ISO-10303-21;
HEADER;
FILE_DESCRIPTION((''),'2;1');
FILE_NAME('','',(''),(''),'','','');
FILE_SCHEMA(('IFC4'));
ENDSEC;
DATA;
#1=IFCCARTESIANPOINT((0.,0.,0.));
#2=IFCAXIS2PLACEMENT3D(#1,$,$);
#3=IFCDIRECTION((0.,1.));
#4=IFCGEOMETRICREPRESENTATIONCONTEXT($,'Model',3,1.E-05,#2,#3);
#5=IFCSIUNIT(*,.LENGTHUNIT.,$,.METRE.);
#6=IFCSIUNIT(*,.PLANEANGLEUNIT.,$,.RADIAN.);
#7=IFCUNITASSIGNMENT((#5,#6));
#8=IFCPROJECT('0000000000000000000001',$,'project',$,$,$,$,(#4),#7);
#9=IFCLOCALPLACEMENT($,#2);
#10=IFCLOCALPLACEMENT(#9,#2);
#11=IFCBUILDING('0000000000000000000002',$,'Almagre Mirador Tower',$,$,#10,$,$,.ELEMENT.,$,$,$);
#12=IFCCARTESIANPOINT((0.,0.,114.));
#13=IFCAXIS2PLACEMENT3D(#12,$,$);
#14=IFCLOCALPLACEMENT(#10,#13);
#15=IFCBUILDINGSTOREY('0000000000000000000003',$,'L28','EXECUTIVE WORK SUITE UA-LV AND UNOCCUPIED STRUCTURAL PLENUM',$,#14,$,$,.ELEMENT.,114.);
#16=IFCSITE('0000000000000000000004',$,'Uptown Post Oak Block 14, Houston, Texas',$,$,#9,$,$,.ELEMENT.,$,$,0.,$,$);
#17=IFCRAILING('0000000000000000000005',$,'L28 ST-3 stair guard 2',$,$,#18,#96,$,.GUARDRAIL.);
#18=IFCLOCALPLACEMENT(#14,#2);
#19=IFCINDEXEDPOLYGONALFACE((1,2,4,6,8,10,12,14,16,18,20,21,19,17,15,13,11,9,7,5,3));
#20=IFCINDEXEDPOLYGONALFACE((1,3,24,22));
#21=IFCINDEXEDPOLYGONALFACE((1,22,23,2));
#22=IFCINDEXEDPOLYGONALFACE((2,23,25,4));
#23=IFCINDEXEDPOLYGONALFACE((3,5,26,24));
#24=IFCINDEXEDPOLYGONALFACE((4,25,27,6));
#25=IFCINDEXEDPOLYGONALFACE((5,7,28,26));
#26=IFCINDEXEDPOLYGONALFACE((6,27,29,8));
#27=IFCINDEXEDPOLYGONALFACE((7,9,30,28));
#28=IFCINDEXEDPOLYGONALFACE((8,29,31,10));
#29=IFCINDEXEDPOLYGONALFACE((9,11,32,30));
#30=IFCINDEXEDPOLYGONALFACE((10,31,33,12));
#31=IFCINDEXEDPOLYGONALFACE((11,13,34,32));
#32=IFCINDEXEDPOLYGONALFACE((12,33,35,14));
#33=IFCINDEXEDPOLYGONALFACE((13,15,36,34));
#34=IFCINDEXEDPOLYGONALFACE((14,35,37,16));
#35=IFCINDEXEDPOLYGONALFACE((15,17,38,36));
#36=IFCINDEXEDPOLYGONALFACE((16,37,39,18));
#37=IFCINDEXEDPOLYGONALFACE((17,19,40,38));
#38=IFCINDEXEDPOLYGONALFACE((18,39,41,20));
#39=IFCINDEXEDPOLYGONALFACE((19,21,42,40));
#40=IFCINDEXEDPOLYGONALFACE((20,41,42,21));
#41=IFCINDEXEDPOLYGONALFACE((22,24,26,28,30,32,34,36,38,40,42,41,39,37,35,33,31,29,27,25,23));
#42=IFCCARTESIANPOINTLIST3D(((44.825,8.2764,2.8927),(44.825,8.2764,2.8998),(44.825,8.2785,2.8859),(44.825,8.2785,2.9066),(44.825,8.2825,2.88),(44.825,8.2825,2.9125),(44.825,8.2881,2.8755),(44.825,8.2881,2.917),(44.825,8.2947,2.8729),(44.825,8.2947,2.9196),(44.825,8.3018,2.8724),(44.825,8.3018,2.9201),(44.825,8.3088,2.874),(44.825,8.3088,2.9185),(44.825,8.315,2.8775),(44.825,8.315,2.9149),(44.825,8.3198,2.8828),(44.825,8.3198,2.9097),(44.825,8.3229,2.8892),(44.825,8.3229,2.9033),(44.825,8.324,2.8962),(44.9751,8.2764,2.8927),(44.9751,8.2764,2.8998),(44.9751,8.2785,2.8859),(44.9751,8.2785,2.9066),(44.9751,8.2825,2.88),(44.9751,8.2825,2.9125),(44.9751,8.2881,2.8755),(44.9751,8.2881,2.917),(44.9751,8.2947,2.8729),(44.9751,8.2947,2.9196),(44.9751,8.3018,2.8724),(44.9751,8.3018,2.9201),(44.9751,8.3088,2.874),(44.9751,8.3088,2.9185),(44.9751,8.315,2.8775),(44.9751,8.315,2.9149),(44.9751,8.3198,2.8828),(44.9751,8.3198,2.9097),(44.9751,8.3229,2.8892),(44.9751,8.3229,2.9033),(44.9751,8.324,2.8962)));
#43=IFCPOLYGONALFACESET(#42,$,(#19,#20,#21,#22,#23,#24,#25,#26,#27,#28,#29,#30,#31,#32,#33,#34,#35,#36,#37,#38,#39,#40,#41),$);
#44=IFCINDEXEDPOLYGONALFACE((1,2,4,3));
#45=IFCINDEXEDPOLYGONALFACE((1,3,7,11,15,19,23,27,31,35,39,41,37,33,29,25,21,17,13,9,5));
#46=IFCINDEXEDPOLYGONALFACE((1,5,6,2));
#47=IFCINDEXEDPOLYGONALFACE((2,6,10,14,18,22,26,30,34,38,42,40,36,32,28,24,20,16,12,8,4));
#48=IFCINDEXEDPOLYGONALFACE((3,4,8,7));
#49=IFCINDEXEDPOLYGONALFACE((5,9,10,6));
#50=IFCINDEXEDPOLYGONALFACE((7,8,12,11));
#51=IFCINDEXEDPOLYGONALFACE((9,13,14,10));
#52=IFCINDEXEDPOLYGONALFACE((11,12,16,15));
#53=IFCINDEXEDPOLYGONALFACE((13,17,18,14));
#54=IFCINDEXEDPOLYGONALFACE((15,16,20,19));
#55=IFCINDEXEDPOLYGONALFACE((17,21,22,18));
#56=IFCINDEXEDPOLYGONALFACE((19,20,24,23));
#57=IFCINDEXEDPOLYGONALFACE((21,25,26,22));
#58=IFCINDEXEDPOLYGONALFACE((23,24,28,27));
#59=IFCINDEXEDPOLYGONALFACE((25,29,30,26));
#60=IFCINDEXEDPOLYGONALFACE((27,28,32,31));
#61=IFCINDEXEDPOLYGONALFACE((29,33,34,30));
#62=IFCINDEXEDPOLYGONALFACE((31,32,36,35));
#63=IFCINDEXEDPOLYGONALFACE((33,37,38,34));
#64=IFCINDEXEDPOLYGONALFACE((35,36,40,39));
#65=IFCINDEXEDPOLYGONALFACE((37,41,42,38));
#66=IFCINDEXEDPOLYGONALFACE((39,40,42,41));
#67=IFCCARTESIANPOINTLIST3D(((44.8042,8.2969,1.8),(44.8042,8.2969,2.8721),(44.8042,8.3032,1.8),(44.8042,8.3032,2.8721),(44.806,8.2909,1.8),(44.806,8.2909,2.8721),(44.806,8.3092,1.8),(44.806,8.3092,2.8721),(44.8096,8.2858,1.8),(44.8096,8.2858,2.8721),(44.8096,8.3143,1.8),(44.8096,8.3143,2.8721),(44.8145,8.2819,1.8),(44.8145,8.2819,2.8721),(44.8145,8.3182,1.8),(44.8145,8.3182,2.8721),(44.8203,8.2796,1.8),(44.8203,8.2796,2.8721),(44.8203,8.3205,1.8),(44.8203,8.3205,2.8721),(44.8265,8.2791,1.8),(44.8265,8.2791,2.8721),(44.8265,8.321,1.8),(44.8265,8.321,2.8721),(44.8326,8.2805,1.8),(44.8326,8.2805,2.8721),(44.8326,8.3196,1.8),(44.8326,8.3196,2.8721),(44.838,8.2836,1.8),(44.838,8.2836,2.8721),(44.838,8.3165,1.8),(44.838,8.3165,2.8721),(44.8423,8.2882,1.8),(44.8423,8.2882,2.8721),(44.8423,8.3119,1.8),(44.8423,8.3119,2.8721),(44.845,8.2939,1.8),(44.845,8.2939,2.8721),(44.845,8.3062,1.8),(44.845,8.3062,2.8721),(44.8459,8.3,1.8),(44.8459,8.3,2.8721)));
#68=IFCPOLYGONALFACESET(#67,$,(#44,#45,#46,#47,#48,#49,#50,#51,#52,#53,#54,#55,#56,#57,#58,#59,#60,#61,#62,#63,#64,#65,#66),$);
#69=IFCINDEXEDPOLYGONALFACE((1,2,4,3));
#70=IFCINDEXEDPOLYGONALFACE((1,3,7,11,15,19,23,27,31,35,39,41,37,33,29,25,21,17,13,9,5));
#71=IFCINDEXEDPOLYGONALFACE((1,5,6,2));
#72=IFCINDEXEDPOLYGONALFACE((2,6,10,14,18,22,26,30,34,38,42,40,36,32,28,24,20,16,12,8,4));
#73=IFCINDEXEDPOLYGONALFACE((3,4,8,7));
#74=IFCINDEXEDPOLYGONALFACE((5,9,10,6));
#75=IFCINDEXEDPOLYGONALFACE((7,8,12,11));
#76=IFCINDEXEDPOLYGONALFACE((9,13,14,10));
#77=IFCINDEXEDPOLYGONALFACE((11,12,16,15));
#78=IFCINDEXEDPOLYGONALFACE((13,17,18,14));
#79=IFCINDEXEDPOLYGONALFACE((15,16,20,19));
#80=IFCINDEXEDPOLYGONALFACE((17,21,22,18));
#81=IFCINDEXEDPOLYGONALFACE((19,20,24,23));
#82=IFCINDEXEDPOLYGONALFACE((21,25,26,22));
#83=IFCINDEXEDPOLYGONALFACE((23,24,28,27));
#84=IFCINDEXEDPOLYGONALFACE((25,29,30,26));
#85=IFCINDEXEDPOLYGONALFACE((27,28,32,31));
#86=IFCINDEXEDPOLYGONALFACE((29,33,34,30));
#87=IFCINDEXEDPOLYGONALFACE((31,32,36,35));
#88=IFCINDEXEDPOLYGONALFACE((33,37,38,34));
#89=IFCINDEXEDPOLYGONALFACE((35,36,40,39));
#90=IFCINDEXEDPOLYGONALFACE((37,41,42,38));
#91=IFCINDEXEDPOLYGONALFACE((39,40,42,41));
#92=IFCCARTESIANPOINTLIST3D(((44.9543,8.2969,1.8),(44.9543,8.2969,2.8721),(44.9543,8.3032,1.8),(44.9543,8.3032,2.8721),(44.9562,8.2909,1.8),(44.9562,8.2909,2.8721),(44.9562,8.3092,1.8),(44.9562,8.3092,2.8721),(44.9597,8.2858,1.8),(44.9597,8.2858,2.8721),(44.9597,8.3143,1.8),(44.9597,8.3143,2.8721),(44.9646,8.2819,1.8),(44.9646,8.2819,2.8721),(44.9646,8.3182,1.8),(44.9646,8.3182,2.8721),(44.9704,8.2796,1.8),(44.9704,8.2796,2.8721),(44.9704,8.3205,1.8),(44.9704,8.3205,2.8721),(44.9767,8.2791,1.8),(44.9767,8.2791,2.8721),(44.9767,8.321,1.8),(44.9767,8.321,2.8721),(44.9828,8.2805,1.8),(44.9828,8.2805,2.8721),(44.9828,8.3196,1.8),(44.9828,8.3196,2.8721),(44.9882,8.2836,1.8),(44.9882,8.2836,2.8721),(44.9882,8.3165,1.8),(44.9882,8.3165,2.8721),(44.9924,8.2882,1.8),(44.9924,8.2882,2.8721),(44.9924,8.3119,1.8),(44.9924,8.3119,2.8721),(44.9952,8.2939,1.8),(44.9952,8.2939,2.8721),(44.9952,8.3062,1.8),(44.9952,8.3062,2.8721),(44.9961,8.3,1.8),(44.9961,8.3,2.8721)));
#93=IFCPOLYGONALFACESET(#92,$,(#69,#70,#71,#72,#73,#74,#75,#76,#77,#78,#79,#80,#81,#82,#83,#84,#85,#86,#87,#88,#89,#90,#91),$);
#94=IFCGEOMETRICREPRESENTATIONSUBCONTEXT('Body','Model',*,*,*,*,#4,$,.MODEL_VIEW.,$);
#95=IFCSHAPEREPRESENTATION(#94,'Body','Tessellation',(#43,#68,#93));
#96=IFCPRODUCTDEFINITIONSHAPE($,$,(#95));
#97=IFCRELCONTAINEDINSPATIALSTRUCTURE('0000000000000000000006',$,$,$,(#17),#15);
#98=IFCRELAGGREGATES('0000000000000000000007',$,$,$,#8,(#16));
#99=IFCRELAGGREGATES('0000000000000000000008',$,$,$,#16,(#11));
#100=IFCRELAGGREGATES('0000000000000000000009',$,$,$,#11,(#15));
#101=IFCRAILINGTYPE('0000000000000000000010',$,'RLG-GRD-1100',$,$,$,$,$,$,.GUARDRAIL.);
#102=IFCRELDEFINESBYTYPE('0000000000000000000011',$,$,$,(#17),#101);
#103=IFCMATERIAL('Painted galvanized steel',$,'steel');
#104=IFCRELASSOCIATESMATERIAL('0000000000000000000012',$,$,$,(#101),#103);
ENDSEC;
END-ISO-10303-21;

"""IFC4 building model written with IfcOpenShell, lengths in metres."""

from ifc_helpers import new_model, si_unit, direction, frame, origin, origin_2d, place, context, subcontext, project, spatial, circle, extrude, material, type_object, element, save


model = new_model("IFC4")

# Units and contexts
model_context = context("Model", 3, precision=1e-05, world=origin(), true_north=direction((0.0, 1.0)))
body_context = subcontext(model_context, "Body", "Model", "MODEL_VIEW")
ifc_project = project(units=[si_unit("LENGTHUNIT", "METRE"), si_unit("PLANEANGLEUNIT", "RADIAN")], contexts=[model_context])

# Site, building, storey
site_placement = place(None, origin())
site = spatial("IfcSite", under=ifc_project, at=site_placement, Name="Uptown Post Oak Block 14, Houston, Texas", CompositionType="ELEMENT", RefElevation=0.0)
building_placement = place(site_placement, origin())
building = spatial("IfcBuilding", under=site, at=building_placement, Name="Almagre Mirador Tower", CompositionType="ELEMENT")
storey_placement = place(building_placement, frame((0.0, 0.0, 114.0)))
storey = spatial("IfcBuildingStorey", under=building, at=storey_placement, Name="L28", Description="EXECUTIVE WORK SUITE UA-LV AND UNOCCUPIED STRUCTURAL PLENUM", CompositionType="ELEMENT", Elevation=114.0)

# Railing
ifc_material_1 = material(Name="Painted galvanized steel", Category="steel")
railing_type_1 = type_object("IfcRailingType", Name="RLG-GRD-1100", PredefinedType="GUARDRAIL", material=ifc_material_1)
railing_1_placement = place(storey_placement, frame((44.825, 8.3, 1.8)))
element("IfcRailing", 1, at=railing_1_placement, inside=storey, type_object=railing_type_1, Name="L28 ST-3 stair guard 2", PredefinedType="GUARDRAIL", context=body_context, shape_type="SweptSolid", body=[
    extrude(circle(Radius=0.0239, at=origin_2d()), frame((0.0, 0.0, 1.0962), z_axis=(1.0, 0.0, 0.0), x_axis=(0.0, 1.0, 0.0)), (0.0, 0.0, 1.0), 0.1501),
    extrude(circle(Radius=0.021, at=origin_2d()), origin(), (0.0, 0.0, 1.0), 1.072),
    extrude(circle(Radius=0.021, at=origin_2d()), frame((0.1501, 0.0, 0.0)), (0.0, 0.0, 1.0), 1.072),
])

save(model, "model.ifc")
